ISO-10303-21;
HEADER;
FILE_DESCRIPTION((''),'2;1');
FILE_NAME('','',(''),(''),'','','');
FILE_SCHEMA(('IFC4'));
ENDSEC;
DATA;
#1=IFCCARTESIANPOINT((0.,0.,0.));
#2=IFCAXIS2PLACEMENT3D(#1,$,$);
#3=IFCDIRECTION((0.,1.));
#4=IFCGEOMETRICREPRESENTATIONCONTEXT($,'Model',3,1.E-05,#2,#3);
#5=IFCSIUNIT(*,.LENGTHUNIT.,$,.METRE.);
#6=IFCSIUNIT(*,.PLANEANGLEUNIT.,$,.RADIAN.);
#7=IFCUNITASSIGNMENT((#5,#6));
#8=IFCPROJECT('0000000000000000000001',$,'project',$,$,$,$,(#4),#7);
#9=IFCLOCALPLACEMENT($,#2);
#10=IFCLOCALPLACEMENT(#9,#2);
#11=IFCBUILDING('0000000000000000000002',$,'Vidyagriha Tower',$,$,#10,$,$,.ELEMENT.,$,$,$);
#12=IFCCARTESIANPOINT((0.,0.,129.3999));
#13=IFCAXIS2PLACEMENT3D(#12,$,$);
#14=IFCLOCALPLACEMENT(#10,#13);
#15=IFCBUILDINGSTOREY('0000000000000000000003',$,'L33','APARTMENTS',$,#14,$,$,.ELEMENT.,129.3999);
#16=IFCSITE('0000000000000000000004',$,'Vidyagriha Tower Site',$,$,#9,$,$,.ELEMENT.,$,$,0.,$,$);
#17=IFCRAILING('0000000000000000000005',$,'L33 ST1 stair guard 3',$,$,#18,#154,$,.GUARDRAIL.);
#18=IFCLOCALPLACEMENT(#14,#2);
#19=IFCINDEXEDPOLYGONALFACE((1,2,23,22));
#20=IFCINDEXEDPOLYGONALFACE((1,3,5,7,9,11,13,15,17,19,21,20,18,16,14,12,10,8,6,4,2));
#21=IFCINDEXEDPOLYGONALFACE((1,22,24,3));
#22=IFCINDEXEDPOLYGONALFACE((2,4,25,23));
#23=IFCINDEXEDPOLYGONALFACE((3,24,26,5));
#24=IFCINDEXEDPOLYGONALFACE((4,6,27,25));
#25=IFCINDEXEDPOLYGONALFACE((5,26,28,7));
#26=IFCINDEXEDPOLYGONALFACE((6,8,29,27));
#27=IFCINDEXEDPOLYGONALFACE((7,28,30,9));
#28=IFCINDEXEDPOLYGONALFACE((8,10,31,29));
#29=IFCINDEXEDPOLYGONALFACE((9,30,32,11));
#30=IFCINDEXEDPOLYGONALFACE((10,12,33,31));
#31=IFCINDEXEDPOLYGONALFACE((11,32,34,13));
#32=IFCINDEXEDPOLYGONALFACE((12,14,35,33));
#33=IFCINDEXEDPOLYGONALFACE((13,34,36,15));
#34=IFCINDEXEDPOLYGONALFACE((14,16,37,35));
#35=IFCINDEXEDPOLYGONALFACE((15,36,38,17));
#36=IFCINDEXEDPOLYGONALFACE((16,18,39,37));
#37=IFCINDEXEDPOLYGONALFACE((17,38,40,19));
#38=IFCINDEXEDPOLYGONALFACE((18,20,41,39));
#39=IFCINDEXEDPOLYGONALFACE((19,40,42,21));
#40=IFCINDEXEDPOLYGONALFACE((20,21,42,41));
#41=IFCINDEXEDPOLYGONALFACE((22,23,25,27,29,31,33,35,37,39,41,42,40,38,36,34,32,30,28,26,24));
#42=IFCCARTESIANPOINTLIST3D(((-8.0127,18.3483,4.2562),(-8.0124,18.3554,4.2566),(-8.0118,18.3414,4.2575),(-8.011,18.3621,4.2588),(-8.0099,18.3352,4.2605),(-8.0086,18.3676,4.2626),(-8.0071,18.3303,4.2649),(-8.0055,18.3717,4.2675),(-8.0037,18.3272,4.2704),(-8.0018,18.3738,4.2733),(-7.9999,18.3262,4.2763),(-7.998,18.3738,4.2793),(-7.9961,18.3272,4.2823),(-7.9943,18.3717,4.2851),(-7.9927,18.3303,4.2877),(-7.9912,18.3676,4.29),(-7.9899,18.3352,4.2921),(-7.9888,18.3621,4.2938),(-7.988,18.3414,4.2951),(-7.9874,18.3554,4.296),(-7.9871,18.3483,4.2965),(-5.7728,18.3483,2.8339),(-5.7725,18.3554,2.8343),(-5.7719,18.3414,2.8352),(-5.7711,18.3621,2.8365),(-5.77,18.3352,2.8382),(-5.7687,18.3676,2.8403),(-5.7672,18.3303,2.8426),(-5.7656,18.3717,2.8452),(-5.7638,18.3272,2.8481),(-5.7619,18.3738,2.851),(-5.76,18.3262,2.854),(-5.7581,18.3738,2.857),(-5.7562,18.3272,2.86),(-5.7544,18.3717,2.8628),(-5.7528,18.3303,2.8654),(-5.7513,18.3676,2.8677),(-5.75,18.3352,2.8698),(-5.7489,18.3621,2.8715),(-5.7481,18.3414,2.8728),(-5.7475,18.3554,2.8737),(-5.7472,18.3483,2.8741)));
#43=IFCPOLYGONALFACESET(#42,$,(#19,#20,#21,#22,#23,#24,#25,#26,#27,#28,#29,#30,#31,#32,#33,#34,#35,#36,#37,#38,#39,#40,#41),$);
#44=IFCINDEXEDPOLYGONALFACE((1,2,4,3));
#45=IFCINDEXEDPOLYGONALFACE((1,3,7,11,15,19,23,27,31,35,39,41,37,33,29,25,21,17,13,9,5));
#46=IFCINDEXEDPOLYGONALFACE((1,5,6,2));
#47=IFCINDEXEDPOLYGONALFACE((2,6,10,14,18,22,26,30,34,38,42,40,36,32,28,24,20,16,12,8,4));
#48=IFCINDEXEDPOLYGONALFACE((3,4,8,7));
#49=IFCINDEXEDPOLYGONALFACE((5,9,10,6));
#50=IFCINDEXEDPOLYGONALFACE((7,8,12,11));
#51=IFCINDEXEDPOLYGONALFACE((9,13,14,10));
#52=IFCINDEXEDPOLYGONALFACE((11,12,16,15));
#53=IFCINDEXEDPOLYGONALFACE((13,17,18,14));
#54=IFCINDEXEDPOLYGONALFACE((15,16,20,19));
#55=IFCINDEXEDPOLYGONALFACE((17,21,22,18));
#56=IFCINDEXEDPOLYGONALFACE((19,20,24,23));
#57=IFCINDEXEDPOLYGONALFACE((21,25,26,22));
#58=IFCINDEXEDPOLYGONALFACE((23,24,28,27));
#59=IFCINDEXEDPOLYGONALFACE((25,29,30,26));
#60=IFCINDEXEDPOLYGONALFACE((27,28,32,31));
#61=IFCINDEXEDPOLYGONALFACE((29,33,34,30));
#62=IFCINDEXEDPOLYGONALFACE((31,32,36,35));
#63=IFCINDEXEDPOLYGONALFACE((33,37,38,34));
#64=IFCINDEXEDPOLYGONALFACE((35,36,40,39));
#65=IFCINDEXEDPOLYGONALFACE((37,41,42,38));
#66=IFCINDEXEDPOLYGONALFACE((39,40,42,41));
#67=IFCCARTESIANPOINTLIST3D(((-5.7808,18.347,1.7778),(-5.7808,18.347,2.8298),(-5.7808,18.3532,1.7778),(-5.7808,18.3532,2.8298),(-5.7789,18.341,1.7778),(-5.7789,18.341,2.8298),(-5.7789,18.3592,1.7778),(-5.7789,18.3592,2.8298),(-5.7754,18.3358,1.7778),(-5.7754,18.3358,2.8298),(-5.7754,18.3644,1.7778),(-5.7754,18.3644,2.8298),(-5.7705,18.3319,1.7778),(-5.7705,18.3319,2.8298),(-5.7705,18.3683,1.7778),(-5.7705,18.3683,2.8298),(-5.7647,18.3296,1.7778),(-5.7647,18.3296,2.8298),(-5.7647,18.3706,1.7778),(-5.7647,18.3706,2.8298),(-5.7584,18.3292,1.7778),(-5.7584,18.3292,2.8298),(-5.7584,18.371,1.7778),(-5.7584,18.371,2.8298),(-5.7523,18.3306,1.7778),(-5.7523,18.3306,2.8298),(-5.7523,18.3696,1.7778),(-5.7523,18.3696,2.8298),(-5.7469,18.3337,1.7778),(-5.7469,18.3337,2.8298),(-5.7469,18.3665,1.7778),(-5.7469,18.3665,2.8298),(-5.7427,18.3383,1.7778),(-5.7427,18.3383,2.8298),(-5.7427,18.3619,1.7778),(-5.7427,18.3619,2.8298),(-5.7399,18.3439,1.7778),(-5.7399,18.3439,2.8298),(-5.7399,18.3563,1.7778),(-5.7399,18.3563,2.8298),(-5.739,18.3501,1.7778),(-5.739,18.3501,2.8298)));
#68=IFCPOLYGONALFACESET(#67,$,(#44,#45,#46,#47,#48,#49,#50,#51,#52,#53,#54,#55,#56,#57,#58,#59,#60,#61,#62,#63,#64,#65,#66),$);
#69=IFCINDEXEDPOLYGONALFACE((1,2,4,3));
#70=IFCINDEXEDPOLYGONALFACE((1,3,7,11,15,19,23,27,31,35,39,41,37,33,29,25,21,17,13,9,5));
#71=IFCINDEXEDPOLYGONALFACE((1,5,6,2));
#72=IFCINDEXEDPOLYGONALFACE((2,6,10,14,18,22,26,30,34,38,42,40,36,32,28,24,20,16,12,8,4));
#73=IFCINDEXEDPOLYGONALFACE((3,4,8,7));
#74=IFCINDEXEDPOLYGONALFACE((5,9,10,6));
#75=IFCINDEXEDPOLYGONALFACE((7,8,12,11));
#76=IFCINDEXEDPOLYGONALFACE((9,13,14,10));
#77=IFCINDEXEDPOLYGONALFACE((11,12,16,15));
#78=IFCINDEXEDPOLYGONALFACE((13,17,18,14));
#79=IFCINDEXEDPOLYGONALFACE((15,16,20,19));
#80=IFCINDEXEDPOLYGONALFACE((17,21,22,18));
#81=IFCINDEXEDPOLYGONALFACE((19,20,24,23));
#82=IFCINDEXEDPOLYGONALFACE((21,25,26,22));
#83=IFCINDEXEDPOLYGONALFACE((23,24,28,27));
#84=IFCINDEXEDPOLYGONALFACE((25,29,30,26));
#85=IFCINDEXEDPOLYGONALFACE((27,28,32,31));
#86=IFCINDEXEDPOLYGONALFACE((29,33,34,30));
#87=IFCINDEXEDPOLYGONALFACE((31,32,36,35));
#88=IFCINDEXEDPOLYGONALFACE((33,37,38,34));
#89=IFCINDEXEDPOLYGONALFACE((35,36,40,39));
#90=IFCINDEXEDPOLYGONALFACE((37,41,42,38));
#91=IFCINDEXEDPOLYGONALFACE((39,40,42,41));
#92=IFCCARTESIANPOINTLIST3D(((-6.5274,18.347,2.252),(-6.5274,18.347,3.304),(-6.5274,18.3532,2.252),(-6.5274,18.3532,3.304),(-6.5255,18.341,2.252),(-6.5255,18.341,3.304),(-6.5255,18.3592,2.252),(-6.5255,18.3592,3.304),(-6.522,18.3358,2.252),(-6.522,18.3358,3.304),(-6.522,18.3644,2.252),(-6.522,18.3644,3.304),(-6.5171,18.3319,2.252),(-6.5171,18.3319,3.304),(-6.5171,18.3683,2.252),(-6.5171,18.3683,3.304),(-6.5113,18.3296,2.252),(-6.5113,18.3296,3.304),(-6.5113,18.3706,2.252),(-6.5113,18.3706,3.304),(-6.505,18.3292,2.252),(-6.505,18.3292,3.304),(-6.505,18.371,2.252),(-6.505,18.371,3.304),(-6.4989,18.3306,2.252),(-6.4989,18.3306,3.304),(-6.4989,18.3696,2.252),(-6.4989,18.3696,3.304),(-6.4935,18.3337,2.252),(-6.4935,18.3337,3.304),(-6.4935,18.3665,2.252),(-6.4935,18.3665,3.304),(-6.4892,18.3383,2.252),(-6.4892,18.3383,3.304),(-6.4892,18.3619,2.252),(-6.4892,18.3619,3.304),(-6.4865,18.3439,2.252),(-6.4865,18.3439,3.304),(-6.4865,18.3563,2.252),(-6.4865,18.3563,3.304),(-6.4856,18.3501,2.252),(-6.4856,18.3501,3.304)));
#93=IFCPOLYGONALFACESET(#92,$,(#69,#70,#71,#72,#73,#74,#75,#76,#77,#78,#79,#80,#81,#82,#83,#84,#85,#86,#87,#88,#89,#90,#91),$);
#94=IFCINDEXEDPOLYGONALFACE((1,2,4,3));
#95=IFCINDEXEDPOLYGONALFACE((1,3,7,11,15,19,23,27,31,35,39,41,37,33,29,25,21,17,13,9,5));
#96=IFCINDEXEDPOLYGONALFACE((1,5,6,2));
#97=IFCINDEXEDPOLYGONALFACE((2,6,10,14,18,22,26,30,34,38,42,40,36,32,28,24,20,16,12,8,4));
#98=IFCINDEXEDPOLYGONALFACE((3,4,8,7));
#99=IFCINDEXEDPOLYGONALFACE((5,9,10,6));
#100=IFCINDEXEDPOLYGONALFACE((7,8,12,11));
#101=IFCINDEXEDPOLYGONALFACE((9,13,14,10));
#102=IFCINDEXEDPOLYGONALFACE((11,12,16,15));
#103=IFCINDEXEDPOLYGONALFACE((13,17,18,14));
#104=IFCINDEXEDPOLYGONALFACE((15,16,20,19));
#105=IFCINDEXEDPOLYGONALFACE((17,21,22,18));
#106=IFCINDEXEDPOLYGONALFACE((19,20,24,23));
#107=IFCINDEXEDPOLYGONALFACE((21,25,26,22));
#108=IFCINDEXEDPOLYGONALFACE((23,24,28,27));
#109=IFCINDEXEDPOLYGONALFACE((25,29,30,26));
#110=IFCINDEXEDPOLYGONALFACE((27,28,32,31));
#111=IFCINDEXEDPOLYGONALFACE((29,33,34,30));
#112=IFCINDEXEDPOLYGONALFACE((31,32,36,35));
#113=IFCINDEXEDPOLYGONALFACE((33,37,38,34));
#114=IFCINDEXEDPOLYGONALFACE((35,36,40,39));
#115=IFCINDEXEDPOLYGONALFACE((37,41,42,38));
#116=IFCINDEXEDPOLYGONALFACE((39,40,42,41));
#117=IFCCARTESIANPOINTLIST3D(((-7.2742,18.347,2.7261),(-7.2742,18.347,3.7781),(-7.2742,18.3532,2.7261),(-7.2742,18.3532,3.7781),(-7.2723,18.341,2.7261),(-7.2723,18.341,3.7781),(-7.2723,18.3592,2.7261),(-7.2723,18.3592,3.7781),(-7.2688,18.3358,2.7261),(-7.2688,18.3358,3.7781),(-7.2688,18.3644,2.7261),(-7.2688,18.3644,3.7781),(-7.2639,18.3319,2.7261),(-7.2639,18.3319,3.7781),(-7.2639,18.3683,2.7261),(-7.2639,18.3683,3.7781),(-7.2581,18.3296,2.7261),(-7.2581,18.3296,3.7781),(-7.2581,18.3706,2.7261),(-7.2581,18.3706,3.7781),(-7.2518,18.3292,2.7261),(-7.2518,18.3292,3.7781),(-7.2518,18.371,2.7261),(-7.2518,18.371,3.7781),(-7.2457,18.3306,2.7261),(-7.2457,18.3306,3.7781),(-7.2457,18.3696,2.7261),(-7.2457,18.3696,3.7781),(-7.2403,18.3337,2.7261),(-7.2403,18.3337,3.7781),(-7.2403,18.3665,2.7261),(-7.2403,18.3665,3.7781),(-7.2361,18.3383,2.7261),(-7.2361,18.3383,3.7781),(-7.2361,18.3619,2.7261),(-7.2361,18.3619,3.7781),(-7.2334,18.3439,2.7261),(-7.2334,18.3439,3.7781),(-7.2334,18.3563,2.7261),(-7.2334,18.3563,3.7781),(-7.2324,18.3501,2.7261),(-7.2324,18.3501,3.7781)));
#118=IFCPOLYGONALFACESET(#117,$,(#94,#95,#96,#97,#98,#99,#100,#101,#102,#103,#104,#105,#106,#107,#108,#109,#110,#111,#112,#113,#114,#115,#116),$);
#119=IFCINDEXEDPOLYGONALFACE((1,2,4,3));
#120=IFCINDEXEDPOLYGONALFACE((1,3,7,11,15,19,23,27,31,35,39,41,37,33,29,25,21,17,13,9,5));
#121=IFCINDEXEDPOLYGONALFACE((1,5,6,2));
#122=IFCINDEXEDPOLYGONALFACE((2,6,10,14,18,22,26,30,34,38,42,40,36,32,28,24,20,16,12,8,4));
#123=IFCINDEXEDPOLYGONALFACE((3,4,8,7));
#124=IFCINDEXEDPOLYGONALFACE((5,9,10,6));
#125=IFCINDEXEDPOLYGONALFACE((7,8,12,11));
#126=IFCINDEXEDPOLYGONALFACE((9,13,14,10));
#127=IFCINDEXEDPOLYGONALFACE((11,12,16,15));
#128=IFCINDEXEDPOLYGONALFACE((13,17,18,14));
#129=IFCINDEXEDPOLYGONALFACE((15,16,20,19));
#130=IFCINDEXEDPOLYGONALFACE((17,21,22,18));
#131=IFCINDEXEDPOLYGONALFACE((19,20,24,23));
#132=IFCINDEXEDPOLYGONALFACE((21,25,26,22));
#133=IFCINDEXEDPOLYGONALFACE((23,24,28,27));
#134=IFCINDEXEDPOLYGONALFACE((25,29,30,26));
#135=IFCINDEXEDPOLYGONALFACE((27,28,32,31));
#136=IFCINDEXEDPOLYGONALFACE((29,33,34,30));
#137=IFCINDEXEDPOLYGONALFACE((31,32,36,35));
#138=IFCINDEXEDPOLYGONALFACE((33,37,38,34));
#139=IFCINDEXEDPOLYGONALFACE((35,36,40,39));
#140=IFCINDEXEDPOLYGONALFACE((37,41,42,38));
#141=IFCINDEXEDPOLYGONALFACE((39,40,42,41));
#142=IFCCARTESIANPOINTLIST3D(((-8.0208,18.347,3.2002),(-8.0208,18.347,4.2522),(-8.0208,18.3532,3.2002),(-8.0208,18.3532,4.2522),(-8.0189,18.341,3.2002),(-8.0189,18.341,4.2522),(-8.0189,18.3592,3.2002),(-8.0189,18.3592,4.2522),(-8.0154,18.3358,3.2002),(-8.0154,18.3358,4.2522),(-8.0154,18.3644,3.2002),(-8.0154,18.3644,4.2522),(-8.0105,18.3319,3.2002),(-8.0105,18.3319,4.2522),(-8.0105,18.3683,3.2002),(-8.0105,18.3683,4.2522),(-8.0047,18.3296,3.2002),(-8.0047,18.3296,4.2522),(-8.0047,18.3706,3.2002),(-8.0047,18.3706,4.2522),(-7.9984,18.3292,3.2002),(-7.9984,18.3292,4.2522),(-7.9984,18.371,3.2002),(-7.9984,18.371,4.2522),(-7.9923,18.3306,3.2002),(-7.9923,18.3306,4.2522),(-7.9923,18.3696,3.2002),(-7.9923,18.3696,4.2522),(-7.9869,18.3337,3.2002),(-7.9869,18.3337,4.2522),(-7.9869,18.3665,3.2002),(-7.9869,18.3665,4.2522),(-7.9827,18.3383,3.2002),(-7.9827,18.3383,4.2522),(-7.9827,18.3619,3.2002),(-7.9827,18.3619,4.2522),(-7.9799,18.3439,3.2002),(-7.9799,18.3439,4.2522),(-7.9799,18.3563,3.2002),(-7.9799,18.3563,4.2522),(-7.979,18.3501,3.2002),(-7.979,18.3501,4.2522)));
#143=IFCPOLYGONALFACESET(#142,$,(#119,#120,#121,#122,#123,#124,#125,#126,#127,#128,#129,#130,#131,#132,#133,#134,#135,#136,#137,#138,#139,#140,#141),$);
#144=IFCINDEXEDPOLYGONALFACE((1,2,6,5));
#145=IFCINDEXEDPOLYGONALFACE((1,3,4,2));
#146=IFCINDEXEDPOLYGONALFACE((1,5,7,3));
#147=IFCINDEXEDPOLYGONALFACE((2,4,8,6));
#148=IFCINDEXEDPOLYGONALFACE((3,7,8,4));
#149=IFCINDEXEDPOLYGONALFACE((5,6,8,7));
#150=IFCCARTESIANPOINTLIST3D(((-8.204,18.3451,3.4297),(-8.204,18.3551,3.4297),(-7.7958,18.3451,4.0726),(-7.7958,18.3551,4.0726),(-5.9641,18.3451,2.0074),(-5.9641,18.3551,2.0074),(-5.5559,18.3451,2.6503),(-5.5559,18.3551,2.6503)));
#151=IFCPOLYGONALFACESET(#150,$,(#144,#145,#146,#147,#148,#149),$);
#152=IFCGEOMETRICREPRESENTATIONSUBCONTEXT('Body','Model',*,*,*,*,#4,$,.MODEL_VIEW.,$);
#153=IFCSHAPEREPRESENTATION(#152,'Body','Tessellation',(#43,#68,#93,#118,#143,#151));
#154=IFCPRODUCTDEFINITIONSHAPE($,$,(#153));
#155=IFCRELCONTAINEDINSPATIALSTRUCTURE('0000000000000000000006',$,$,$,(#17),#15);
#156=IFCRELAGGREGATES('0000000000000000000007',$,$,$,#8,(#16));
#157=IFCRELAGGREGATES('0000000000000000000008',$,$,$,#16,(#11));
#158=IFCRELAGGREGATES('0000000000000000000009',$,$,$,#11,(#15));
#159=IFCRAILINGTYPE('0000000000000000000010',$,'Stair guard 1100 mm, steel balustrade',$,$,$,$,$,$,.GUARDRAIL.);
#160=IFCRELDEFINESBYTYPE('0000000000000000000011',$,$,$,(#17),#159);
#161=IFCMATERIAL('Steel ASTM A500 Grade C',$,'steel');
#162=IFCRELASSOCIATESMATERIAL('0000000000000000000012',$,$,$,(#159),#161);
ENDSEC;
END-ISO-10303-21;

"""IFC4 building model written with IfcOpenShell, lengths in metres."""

from ifc_helpers import new_model, si_unit, direction, frame, origin, origin_2d, place, context, subcontext, project, spatial, rectangle, circle, extrude, material, type_object, element, save


model = new_model("IFC4")

# Units and contexts
model_context = context("Model", 3, precision=1e-05, world=origin(), true_north=direction((0.0, 1.0)))
body_context = subcontext(model_context, "Body", "Model", "MODEL_VIEW")
ifc_project = project(units=[si_unit("LENGTHUNIT", "METRE"), si_unit("PLANEANGLEUNIT", "RADIAN")], contexts=[model_context])

# Site, building, storey
site_placement = place(None, origin())
site = spatial("IfcSite", under=ifc_project, at=site_placement, Name="Vidyagriha Tower Site", CompositionType="ELEMENT", RefElevation=0.0)
building_placement = place(site_placement, origin())
building = spatial("IfcBuilding", under=site, at=building_placement, Name="Vidyagriha Tower", CompositionType="ELEMENT")
storey_placement = place(building_placement, frame((0.0, 0.0, 129.3999)))
storey = spatial("IfcBuildingStorey", under=building, at=storey_placement, Name="L33", Description="APARTMENTS", CompositionType="ELEMENT", Elevation=129.3999)

# Railing
ifc_material_1 = material(Name="Steel ASTM A500 Grade C", Category="steel")
railing_type_1 = type_object("IfcRailingType", Name="Stair guard 1100 mm, steel balustrade", PredefinedType="GUARDRAIL", material=ifc_material_1)
railing_1_placement = place(storey_placement, frame((-5.76, 18.3501, 1.7778)))
element("IfcRailing", 1, at=railing_1_placement, inside=storey, type_object=railing_type_1, Name="L33 ST1 stair guard 3", PredefinedType="GUARDRAIL", context=body_context, shape_type="SweptSolid", body=[
    extrude(circle(Radius=0.0239, at=origin_2d()), frame((0.0, 0.0, 1.0762), z_axis=(-0.844188, 0.0, 0.536048), x_axis=(0.0, -1.0, 0.0)), (0.0, 0.0, 1.0), 2.6533),
    extrude(circle(Radius=0.021, at=origin_2d()), origin(), (0.0, 0.0, 1.0), 1.052),
    extrude(circle(Radius=0.021, at=origin_2d()), frame((-0.7466, 0.0, 0.4741)), (0.0, 0.0, 1.0), 1.052),
    extrude(circle(Radius=0.021, at=origin_2d()), frame((-1.4934, 0.0, 0.9482)), (0.0, 0.0, 1.0), 1.052),
    extrude(circle(Radius=0.021, at=origin_2d()), frame((-2.24, 0.0, 1.4224)), (0.0, 0.0, 1.0), 1.052),
    extrude(rectangle(XDim=0.01, YDim=0.7615, at=origin_2d()), frame((0.0, 0.0, 0.551), z_axis=(-0.844188, 0.0, 0.536048), x_axis=(0.0, -1.0, 0.0)), (0.0, 0.0, 1.0), 2.6533),
])

save(model, "model.ifc")
